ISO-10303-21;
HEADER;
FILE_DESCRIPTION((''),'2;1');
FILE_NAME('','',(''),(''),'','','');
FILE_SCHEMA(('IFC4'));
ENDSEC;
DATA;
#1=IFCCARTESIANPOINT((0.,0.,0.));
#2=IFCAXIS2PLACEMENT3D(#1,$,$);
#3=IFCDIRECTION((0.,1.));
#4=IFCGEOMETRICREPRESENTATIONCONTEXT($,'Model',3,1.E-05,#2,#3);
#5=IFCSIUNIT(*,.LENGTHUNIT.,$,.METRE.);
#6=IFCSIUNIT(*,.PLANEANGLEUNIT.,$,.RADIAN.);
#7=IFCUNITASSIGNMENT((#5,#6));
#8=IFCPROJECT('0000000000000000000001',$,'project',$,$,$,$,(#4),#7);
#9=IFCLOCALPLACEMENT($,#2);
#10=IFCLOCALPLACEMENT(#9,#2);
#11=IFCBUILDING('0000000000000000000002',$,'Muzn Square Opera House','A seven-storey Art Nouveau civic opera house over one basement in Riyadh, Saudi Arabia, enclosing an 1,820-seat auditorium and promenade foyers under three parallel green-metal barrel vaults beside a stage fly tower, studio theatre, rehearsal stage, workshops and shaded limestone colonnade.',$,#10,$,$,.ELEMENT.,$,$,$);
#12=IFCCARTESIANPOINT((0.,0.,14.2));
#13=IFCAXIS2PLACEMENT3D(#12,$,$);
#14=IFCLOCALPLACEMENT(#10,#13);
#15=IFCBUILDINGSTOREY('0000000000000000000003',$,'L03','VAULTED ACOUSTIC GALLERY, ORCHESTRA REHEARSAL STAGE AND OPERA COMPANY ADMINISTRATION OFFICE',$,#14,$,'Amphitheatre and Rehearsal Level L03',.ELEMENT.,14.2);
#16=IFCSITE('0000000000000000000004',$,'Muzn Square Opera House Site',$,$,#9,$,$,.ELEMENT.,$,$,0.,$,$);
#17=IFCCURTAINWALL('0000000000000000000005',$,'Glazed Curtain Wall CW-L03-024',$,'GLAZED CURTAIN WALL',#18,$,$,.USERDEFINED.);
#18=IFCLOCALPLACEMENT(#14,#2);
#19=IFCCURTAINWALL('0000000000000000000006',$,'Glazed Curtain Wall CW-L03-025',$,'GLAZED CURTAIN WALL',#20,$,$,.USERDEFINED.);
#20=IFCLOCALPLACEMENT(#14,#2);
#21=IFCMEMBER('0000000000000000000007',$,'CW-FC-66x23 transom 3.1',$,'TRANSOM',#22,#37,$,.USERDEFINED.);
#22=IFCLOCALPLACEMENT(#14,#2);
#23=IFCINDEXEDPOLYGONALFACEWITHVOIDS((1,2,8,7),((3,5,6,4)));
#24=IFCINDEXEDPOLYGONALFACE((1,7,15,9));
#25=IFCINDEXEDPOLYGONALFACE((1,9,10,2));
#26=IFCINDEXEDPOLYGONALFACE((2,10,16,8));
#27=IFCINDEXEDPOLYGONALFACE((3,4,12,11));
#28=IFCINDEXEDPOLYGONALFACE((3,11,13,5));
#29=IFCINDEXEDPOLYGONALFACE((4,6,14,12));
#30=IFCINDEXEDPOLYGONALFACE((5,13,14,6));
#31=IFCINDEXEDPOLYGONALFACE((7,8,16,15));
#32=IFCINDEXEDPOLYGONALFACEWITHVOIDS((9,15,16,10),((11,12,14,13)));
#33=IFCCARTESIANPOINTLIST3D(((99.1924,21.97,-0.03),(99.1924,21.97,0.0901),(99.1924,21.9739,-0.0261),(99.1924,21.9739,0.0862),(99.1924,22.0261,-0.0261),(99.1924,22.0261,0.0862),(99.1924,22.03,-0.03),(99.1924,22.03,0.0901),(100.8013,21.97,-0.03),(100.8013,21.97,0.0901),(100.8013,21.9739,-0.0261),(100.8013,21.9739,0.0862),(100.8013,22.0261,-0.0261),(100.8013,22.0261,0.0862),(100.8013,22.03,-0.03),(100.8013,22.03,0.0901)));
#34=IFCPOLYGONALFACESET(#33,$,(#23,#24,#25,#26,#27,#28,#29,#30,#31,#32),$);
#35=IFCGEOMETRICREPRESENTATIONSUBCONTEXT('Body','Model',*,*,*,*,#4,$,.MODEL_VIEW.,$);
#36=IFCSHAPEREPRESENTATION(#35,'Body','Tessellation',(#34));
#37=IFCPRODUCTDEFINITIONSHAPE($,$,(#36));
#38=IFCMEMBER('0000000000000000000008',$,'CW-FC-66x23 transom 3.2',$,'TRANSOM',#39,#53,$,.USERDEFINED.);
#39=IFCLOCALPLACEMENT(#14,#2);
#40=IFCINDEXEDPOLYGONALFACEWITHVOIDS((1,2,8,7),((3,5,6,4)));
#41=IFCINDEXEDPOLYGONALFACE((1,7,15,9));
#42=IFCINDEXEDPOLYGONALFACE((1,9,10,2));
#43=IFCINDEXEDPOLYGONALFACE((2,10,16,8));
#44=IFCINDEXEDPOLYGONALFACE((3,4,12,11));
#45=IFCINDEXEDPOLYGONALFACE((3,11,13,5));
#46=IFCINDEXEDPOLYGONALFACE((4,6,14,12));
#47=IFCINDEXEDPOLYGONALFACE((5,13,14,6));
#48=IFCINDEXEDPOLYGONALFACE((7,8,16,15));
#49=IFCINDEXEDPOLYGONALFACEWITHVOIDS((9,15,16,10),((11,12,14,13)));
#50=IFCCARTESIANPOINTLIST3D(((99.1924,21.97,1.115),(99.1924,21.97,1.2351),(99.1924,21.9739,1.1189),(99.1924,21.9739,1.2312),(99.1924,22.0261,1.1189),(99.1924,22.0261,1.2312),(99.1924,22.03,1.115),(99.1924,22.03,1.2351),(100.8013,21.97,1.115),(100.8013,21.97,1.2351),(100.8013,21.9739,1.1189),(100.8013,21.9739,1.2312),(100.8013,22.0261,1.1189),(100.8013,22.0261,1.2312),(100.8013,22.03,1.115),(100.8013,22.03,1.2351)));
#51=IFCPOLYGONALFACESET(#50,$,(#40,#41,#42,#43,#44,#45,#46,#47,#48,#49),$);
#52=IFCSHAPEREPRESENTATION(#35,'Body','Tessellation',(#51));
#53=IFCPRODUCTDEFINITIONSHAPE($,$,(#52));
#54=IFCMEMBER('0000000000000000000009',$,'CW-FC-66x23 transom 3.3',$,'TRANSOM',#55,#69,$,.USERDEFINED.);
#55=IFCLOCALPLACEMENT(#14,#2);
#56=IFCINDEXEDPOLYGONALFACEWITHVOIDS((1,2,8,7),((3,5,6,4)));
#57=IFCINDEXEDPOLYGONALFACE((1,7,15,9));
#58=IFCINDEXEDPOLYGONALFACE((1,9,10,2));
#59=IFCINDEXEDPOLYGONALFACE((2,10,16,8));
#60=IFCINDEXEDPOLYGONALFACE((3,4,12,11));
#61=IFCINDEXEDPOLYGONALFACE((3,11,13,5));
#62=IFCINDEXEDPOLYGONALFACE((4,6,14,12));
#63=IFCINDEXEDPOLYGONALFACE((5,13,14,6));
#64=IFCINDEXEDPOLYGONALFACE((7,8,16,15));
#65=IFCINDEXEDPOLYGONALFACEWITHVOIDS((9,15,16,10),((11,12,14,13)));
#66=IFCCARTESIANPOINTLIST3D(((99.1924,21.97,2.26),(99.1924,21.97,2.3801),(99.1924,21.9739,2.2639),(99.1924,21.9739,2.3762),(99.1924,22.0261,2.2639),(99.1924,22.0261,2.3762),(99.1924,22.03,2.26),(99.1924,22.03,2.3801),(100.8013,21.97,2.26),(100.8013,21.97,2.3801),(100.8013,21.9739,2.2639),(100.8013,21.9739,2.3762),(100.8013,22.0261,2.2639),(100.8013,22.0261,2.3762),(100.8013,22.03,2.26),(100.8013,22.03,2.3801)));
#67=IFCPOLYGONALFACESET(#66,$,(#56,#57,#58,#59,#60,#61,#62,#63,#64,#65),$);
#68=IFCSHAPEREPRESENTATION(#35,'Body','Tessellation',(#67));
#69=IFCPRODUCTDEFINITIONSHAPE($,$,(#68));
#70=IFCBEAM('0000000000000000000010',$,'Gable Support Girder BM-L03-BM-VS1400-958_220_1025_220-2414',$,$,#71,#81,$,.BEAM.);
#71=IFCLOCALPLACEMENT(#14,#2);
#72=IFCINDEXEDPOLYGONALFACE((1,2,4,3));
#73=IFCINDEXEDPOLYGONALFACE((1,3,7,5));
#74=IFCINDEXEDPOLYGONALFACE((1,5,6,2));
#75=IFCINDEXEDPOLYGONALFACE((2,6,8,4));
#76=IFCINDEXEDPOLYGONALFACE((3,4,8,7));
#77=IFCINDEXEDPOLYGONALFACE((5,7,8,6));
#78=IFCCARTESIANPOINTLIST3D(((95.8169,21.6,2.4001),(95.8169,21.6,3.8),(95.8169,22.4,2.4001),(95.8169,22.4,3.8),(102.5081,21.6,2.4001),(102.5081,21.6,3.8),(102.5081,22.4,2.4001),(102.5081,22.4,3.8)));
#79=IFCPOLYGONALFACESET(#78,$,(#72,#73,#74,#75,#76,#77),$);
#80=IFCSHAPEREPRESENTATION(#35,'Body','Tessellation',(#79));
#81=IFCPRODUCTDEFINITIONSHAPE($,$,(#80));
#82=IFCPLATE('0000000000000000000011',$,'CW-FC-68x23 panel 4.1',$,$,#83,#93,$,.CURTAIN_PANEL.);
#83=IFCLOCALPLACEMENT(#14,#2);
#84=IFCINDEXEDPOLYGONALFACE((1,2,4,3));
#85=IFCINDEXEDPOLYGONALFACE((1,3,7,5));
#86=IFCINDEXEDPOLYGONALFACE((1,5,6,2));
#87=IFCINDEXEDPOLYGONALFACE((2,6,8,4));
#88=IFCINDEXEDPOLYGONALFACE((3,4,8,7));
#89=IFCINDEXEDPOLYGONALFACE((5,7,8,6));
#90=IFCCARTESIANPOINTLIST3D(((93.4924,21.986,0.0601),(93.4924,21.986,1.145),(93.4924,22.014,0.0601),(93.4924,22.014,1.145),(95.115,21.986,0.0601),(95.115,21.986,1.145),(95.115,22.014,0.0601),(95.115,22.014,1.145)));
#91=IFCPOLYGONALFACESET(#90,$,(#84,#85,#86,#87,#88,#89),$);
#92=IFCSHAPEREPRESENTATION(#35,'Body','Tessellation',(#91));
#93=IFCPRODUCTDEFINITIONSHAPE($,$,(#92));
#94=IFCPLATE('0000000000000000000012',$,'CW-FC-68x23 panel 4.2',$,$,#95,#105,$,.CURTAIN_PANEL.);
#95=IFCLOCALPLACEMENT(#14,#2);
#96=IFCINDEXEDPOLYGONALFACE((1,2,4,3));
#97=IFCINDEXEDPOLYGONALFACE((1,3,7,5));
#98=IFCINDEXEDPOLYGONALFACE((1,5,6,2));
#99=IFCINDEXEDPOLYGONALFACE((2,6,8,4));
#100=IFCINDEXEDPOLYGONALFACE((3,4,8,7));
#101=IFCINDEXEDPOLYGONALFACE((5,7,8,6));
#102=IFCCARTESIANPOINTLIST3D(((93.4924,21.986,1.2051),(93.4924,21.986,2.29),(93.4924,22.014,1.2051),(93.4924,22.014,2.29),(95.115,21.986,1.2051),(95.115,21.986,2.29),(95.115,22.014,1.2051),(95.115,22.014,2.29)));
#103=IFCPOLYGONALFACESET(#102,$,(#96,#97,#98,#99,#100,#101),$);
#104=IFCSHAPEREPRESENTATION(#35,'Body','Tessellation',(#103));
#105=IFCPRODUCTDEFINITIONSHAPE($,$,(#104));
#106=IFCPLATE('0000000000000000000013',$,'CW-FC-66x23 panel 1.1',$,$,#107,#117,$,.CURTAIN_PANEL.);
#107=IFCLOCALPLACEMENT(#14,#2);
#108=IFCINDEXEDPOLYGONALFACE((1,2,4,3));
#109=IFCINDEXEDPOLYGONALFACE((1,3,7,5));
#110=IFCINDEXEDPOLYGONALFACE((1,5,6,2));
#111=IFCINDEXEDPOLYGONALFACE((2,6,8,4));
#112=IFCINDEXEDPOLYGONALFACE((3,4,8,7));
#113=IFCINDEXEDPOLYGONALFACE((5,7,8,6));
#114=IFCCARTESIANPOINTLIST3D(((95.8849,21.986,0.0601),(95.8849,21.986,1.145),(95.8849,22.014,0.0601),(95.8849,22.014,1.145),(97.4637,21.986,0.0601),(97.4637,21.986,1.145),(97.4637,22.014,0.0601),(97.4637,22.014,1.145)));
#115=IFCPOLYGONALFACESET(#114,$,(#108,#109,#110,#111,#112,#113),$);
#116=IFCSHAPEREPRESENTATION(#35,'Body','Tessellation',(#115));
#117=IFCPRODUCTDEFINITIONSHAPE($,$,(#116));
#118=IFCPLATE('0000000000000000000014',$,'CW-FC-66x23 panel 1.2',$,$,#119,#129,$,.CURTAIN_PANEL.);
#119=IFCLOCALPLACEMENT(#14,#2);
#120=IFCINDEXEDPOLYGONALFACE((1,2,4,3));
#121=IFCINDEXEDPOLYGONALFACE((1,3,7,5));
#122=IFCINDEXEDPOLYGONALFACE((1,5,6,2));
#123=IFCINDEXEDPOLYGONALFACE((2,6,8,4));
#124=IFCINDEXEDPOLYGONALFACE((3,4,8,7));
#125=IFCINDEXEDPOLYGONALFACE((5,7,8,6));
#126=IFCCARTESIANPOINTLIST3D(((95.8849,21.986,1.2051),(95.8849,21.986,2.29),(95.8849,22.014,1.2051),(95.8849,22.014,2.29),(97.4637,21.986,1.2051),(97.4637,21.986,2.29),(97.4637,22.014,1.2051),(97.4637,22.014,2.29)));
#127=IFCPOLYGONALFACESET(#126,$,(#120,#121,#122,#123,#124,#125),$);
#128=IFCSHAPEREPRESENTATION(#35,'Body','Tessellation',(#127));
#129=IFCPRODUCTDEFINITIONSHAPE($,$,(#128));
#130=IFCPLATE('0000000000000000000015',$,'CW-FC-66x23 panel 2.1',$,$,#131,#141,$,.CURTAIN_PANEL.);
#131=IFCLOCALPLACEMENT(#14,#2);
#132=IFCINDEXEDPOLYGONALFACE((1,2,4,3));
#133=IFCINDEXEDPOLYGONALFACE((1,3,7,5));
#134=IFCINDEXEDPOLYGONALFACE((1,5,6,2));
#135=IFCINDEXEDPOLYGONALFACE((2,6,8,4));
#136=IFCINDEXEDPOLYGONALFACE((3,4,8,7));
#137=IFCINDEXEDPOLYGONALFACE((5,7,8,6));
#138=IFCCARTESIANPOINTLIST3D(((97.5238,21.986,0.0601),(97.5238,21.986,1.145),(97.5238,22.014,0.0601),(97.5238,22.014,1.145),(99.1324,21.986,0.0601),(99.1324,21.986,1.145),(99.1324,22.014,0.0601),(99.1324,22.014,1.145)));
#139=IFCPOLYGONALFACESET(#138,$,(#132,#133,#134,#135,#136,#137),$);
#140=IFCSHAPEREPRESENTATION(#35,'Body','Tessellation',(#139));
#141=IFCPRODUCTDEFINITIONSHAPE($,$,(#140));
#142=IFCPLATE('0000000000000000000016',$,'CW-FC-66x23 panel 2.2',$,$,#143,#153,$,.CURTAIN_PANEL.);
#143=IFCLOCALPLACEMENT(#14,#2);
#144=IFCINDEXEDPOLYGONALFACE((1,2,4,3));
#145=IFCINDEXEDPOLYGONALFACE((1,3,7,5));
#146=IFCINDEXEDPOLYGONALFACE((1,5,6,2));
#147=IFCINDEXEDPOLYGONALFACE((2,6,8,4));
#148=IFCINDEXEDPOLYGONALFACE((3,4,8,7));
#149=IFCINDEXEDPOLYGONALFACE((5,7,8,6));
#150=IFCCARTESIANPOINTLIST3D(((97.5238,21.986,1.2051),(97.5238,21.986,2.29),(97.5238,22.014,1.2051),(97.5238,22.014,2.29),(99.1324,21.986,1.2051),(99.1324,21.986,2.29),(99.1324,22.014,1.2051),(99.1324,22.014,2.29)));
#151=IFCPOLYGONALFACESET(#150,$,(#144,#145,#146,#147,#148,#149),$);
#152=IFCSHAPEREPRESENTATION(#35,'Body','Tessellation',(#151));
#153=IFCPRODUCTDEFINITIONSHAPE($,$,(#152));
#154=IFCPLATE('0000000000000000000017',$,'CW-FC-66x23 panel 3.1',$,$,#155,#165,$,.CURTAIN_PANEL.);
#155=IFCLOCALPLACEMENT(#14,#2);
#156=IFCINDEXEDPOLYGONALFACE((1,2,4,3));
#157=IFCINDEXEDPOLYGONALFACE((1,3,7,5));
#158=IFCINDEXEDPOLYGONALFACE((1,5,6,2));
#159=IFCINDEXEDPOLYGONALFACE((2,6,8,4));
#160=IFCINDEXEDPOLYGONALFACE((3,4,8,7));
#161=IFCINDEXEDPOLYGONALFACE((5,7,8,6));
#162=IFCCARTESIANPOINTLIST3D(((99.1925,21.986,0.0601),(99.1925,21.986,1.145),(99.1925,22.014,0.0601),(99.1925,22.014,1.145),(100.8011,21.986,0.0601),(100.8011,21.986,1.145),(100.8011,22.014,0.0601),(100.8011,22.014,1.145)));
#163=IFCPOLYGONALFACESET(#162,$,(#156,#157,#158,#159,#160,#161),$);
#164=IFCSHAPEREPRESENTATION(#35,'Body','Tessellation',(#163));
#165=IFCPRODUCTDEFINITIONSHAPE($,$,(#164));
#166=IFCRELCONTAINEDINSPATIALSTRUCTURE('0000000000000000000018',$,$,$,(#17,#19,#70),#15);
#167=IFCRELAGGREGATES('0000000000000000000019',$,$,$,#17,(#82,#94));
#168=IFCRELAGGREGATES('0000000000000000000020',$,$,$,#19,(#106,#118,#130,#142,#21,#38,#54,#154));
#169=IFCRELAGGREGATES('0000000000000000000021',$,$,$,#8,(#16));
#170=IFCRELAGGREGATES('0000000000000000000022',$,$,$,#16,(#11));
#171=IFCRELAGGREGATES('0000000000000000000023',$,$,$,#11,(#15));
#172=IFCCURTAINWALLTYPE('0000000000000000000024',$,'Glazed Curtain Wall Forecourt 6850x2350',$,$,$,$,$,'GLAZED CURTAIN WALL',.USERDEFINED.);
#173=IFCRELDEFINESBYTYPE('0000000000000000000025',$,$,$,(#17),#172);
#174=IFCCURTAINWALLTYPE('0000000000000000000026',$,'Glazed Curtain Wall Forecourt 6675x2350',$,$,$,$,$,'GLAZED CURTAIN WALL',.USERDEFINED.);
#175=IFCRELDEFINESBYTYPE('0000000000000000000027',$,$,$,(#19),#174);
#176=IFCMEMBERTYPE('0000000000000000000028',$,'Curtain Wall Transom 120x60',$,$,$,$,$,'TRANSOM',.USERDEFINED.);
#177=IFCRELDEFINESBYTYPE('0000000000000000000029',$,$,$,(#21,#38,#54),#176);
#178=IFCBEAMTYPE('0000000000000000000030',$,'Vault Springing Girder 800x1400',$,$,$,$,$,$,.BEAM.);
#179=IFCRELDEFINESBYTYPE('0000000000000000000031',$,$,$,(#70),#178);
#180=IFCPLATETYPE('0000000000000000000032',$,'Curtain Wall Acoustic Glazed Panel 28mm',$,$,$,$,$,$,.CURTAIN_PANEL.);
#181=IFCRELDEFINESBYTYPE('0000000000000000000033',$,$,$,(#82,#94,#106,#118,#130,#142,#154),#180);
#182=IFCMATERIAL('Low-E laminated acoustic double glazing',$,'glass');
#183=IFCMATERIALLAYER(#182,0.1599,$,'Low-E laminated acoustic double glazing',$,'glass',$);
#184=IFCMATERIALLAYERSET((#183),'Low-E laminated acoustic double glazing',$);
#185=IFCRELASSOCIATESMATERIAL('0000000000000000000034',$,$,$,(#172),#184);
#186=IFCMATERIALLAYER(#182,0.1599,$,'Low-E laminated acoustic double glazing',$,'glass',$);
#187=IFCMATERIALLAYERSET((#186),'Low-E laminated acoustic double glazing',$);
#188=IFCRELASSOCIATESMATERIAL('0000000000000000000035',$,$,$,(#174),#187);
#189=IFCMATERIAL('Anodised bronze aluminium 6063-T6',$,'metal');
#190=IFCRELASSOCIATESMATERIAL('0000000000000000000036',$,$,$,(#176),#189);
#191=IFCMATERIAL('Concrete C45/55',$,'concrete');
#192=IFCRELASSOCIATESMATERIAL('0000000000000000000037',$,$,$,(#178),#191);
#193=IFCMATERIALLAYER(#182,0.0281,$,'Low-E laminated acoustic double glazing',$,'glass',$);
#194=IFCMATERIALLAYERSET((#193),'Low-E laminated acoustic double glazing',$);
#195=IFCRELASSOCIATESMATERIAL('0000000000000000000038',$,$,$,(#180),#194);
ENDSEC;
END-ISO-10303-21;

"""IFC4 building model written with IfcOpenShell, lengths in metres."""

from ifc_helpers import new_model, si_unit, direction, frame, origin, origin_2d, place, context, subcontext, project, spatial, rectangle, hollow_rectangle, extrude, material, layer, layer_set, material_profile, profile_set, type_object, element, aggregate, save


model = new_model("IFC4")

# Units and contexts
model_context = context("Model", 3, precision=1e-05, world=origin(), true_north=direction((0.0, 1.0)))
body_context = subcontext(model_context, "Body", "Model", "MODEL_VIEW")
ifc_project = project(units=[si_unit("LENGTHUNIT", "METRE"), si_unit("PLANEANGLEUNIT", "RADIAN")], contexts=[model_context])

# Site, building, storey
site_placement = place(None, origin())
site = spatial("IfcSite", under=ifc_project, at=site_placement, Name="Muzn Square Opera House Site", CompositionType="ELEMENT", RefElevation=0.0)
building_placement = place(site_placement, origin())
building = spatial("IfcBuilding", under=site, at=building_placement, Name="Muzn Square Opera House", Description="A seven-storey Art Nouveau civic opera house over one basement in Riyadh, Saudi Arabia, enclosing an 1,820-seat auditorium and promenade foyers under three parallel green-metal barrel vaults beside a stage fly tower, studio theatre, rehearsal stage, workshops and shaded limestone colonnade.", CompositionType="ELEMENT")
storey_placement = place(building_placement, frame((0.0, 0.0, 14.2)))
storey = spatial("IfcBuildingStorey", under=building, at=storey_placement, Name="L03", Description="VAULTED ACOUSTIC GALLERY, ORCHESTRA REHEARSAL STAGE AND OPERA COMPANY ADMINISTRATION OFFICE", LongName="Amphitheatre and Rehearsal Level L03", CompositionType="ELEMENT", Elevation=14.2)

# Shared definitions
ifc_material_1 = material(Name="Concrete C45/55", Category="concrete")

# Curtain wall
ifc_material_2 = material(Name="Low-E laminated acoustic double glazing", Category="glass")
ifc_layer_1 = layer(ifc_material_2, 0.1599, Name="Low-E laminated acoustic double glazing", Category="glass")
ifc_layer_set_1 = layer_set([ifc_layer_1], Name="Low-E laminated acoustic double glazing")
curtain_wall_type_1 = type_object("IfcCurtainWallType", Name="Glazed Curtain Wall Forecourt 6850x2350", ElementType="GLAZED CURTAIN WALL", PredefinedType="USERDEFINED", material=ifc_layer_set_1)
curtain_wall_1_placement = place(storey_placement, origin())
curtain_wall_1 = element("IfcCurtainWall", 1, at=curtain_wall_1_placement, inside=storey, type_object=curtain_wall_type_1, Name="Glazed Curtain Wall CW-L03-024", ObjectType="GLAZED CURTAIN WALL", PredefinedType="USERDEFINED")
ifc_material_3 = material(Name="Anodised bronze aluminium 6063-T6", Category="metal")

# Curtain wall, members
ifc_layer_2 = layer(ifc_material_2, 0.1599, Name="Low-E laminated acoustic double glazing", Category="glass")
ifc_layer_set_2 = layer_set([ifc_layer_2], Name="Low-E laminated acoustic double glazing")
curtain_wall_type_2 = type_object("IfcCurtainWallType", Name="Glazed Curtain Wall Forecourt 6675x2350", ElementType="GLAZED CURTAIN WALL", PredefinedType="USERDEFINED", material=ifc_layer_set_2)
curtain_wall_2_placement = place(storey_placement, origin())
curtain_wall_2 = element("IfcCurtainWall", 2, at=curtain_wall_2_placement, inside=storey, type_object=curtain_wall_type_2, Name="Glazed Curtain Wall CW-L03-025", ObjectType="GLAZED CURTAIN WALL", PredefinedType="USERDEFINED")
ifc_material_profile_1 = material_profile(ifc_material_3, hollow_rectangle(XDim=0.0601, YDim=0.1201, WallThickness=0.0039, at=origin_2d()), Name="ALU 120x60x4", Category="metal")
ifc_profile_set_1 = profile_set([ifc_material_profile_1], Name="Anodised bronze aluminium 6063-T6")
member_type_1 = type_object("IfcMemberType", Name="Curtain Wall Transom 120x60", ElementType="TRANSOM", PredefinedType="USERDEFINED", material=ifc_profile_set_1)
member_1_placement = place(storey_placement, frame((99.1924, 22.0, 0.03), z_axis=(1.0, 0.0, 0.0), x_axis=(0.0, 1.0, 0.0)))
member_1 = element("IfcMember", 3, at=member_1_placement, type_object=member_type_1, Name="CW-FC-66x23 transom 3.1", ObjectType="TRANSOM", PredefinedType="USERDEFINED", context=body_context, shape_type="SweptSolid", body=[
    extrude(hollow_rectangle(XDim=0.0601, YDim=0.1201, WallThickness=0.0039, at=origin_2d()), origin(), (0.0, 0.0, 1.0), 1.6089),
])
member_2_placement = place(storey_placement, frame((99.1924, 22.0, 1.175), z_axis=(1.0, 0.0, 0.0), x_axis=(0.0, 1.0, 0.0)))
member_2 = element("IfcMember", 4, at=member_2_placement, type_object=member_type_1, Name="CW-FC-66x23 transom 3.2", ObjectType="TRANSOM", PredefinedType="USERDEFINED", context=body_context, shape_type="SweptSolid", body=[
    extrude(hollow_rectangle(XDim=0.0601, YDim=0.1201, WallThickness=0.0039, at=origin_2d()), origin(), (0.0, 0.0, 1.0), 1.6089),
])
member_3_placement = place(storey_placement, frame((99.1924, 22.0, 2.3201), z_axis=(1.0, 0.0, 0.0), x_axis=(0.0, 1.0, 0.0)))
member_3 = element("IfcMember", 5, at=member_3_placement, type_object=member_type_1, Name="CW-FC-66x23 transom 3.3", ObjectType="TRANSOM", PredefinedType="USERDEFINED", context=body_context, shape_type="SweptSolid", body=[
    extrude(hollow_rectangle(XDim=0.0601, YDim=0.1201, WallThickness=0.0039, at=origin_2d()), origin(), (0.0, 0.0, 1.0), 1.6089),
])

# Beam
ifc_material_profile_2 = material_profile(ifc_material_1, rectangle(XDim=0.8, YDim=1.3999, at=origin_2d()), Name="RCB 800x1400", Category="concrete")
ifc_profile_set_2 = profile_set([ifc_material_profile_2], Name="Concrete C45/55")
beam_type = type_object("IfcBeamType", Name="Vault Springing Girder 800x1400", PredefinedType="BEAM", material=ifc_profile_set_2)
beam_placement = place(storey_placement, frame((95.8169, 22.0, 3.1001), z_axis=(1.0, 0.0, 0.0), x_axis=(0.0, 1.0, 0.0)))
element("IfcBeam", 6, at=beam_placement, inside=storey, type_object=beam_type, Name="Gable Support Girder BM-L03-BM-VS1400-958_220_1025_220-2414", PredefinedType="BEAM", context=body_context, shape_type="SweptSolid", body=[
    extrude(rectangle(XDim=0.8, YDim=1.3999, at=origin_2d()), origin(), (0.0, 0.0, 1.0), 6.6912),
])

# Plates
ifc_layer_3 = layer(ifc_material_2, 0.0281, Name="Low-E laminated acoustic double glazing", Category="glass")
ifc_layer_set_3 = layer_set([ifc_layer_3], Name="Low-E laminated acoustic double glazing")
plate_type = type_object("IfcPlateType", Name="Curtain Wall Acoustic Glazed Panel 28mm", PredefinedType="CURTAIN_PANEL", material=ifc_layer_set_3)
plate_1_placement = place(storey_placement, frame((94.3037, 22.0, 0.0601), z_axis=(0.0, 0.0, 1.0), x_axis=(1.0, 0.0, 0.0)))
plate_1 = element("IfcPlate", 7, at=plate_1_placement, type_object=plate_type, Name="CW-FC-68x23 panel 4.1", PredefinedType="CURTAIN_PANEL", context=body_context, shape_type="SweptSolid", body=[
    extrude(rectangle(XDim=1.6226, YDim=0.0281, at=origin_2d()), origin(), (0.0, 0.0, 1.0), 1.085),
])
plate_2_placement = place(storey_placement, frame((94.3037, 22.0, 1.2051), z_axis=(0.0, 0.0, 1.0), x_axis=(1.0, 0.0, 0.0)))
plate_2 = element("IfcPlate", 8, at=plate_2_placement, type_object=plate_type, Name="CW-FC-68x23 panel 4.2", PredefinedType="CURTAIN_PANEL", context=body_context, shape_type="SweptSolid", body=[
    extrude(rectangle(XDim=1.6226, YDim=0.0281, at=origin_2d()), origin(), (0.0, 0.0, 1.0), 1.085),
])
aggregate(curtain_wall_1, [plate_1, plate_2])
plate_3_placement = place(storey_placement, frame((96.6743, 22.0, 0.0601), z_axis=(0.0, 0.0, 1.0), x_axis=(1.0, 0.0, 0.0)))
plate_3 = element("IfcPlate", 9, at=plate_3_placement, type_object=plate_type, Name="CW-FC-66x23 panel 1.1", PredefinedType="CURTAIN_PANEL", context=body_context, shape_type="SweptSolid", body=[
    extrude(rectangle(XDim=1.5789, YDim=0.0281, at=origin_2d()), origin(), (0.0, 0.0, 1.0), 1.085),
])
plate_4_placement = place(storey_placement, frame((96.6743, 22.0, 1.2051), z_axis=(0.0, 0.0, 1.0), x_axis=(1.0, 0.0, 0.0)))
plate_4 = element("IfcPlate", 10, at=plate_4_placement, type_object=plate_type, Name="CW-FC-66x23 panel 1.2", PredefinedType="CURTAIN_PANEL", context=body_context, shape_type="SweptSolid", body=[
    extrude(rectangle(XDim=1.5789, YDim=0.0281, at=origin_2d()), origin(), (0.0, 0.0, 1.0), 1.085),
])
plate_5_placement = place(storey_placement, frame((98.3281, 22.0, 0.0601), z_axis=(0.0, 0.0, 1.0), x_axis=(1.0, 0.0, 0.0)))
plate_5 = element("IfcPlate", 11, at=plate_5_placement, type_object=plate_type, Name="CW-FC-66x23 panel 2.1", PredefinedType="CURTAIN_PANEL", context=body_context, shape_type="SweptSolid", body=[
    extrude(rectangle(XDim=1.6086, YDim=0.0281, at=origin_2d()), origin(), (0.0, 0.0, 1.0), 1.085),
])
plate_6_placement = place(storey_placement, frame((98.3281, 22.0, 1.2051), z_axis=(0.0, 0.0, 1.0), x_axis=(1.0, 0.0, 0.0)))
plate_6 = element("IfcPlate", 12, at=plate_6_placement, type_object=plate_type, Name="CW-FC-66x23 panel 2.2", PredefinedType="CURTAIN_PANEL", context=body_context, shape_type="SweptSolid", body=[
    extrude(rectangle(XDim=1.6086, YDim=0.0281, at=origin_2d()), origin(), (0.0, 0.0, 1.0), 1.085),
])
plate_7_placement = place(storey_placement, frame((99.9968, 22.0, 0.0601), z_axis=(0.0, 0.0, 1.0), x_axis=(1.0, 0.0, 0.0)))
plate_7 = element("IfcPlate", 13, at=plate_7_placement, type_object=plate_type, Name="CW-FC-66x23 panel 3.1", PredefinedType="CURTAIN_PANEL", context=body_context, shape_type="SweptSolid", body=[
    extrude(rectangle(XDim=1.6086, YDim=0.0281, at=origin_2d()), origin(), (0.0, 0.0, 1.0), 1.085),
])
aggregate(curtain_wall_2, [plate_3, plate_4, plate_5, plate_6, member_1, member_2, member_3, plate_7])

save(model, "model.ifc")
